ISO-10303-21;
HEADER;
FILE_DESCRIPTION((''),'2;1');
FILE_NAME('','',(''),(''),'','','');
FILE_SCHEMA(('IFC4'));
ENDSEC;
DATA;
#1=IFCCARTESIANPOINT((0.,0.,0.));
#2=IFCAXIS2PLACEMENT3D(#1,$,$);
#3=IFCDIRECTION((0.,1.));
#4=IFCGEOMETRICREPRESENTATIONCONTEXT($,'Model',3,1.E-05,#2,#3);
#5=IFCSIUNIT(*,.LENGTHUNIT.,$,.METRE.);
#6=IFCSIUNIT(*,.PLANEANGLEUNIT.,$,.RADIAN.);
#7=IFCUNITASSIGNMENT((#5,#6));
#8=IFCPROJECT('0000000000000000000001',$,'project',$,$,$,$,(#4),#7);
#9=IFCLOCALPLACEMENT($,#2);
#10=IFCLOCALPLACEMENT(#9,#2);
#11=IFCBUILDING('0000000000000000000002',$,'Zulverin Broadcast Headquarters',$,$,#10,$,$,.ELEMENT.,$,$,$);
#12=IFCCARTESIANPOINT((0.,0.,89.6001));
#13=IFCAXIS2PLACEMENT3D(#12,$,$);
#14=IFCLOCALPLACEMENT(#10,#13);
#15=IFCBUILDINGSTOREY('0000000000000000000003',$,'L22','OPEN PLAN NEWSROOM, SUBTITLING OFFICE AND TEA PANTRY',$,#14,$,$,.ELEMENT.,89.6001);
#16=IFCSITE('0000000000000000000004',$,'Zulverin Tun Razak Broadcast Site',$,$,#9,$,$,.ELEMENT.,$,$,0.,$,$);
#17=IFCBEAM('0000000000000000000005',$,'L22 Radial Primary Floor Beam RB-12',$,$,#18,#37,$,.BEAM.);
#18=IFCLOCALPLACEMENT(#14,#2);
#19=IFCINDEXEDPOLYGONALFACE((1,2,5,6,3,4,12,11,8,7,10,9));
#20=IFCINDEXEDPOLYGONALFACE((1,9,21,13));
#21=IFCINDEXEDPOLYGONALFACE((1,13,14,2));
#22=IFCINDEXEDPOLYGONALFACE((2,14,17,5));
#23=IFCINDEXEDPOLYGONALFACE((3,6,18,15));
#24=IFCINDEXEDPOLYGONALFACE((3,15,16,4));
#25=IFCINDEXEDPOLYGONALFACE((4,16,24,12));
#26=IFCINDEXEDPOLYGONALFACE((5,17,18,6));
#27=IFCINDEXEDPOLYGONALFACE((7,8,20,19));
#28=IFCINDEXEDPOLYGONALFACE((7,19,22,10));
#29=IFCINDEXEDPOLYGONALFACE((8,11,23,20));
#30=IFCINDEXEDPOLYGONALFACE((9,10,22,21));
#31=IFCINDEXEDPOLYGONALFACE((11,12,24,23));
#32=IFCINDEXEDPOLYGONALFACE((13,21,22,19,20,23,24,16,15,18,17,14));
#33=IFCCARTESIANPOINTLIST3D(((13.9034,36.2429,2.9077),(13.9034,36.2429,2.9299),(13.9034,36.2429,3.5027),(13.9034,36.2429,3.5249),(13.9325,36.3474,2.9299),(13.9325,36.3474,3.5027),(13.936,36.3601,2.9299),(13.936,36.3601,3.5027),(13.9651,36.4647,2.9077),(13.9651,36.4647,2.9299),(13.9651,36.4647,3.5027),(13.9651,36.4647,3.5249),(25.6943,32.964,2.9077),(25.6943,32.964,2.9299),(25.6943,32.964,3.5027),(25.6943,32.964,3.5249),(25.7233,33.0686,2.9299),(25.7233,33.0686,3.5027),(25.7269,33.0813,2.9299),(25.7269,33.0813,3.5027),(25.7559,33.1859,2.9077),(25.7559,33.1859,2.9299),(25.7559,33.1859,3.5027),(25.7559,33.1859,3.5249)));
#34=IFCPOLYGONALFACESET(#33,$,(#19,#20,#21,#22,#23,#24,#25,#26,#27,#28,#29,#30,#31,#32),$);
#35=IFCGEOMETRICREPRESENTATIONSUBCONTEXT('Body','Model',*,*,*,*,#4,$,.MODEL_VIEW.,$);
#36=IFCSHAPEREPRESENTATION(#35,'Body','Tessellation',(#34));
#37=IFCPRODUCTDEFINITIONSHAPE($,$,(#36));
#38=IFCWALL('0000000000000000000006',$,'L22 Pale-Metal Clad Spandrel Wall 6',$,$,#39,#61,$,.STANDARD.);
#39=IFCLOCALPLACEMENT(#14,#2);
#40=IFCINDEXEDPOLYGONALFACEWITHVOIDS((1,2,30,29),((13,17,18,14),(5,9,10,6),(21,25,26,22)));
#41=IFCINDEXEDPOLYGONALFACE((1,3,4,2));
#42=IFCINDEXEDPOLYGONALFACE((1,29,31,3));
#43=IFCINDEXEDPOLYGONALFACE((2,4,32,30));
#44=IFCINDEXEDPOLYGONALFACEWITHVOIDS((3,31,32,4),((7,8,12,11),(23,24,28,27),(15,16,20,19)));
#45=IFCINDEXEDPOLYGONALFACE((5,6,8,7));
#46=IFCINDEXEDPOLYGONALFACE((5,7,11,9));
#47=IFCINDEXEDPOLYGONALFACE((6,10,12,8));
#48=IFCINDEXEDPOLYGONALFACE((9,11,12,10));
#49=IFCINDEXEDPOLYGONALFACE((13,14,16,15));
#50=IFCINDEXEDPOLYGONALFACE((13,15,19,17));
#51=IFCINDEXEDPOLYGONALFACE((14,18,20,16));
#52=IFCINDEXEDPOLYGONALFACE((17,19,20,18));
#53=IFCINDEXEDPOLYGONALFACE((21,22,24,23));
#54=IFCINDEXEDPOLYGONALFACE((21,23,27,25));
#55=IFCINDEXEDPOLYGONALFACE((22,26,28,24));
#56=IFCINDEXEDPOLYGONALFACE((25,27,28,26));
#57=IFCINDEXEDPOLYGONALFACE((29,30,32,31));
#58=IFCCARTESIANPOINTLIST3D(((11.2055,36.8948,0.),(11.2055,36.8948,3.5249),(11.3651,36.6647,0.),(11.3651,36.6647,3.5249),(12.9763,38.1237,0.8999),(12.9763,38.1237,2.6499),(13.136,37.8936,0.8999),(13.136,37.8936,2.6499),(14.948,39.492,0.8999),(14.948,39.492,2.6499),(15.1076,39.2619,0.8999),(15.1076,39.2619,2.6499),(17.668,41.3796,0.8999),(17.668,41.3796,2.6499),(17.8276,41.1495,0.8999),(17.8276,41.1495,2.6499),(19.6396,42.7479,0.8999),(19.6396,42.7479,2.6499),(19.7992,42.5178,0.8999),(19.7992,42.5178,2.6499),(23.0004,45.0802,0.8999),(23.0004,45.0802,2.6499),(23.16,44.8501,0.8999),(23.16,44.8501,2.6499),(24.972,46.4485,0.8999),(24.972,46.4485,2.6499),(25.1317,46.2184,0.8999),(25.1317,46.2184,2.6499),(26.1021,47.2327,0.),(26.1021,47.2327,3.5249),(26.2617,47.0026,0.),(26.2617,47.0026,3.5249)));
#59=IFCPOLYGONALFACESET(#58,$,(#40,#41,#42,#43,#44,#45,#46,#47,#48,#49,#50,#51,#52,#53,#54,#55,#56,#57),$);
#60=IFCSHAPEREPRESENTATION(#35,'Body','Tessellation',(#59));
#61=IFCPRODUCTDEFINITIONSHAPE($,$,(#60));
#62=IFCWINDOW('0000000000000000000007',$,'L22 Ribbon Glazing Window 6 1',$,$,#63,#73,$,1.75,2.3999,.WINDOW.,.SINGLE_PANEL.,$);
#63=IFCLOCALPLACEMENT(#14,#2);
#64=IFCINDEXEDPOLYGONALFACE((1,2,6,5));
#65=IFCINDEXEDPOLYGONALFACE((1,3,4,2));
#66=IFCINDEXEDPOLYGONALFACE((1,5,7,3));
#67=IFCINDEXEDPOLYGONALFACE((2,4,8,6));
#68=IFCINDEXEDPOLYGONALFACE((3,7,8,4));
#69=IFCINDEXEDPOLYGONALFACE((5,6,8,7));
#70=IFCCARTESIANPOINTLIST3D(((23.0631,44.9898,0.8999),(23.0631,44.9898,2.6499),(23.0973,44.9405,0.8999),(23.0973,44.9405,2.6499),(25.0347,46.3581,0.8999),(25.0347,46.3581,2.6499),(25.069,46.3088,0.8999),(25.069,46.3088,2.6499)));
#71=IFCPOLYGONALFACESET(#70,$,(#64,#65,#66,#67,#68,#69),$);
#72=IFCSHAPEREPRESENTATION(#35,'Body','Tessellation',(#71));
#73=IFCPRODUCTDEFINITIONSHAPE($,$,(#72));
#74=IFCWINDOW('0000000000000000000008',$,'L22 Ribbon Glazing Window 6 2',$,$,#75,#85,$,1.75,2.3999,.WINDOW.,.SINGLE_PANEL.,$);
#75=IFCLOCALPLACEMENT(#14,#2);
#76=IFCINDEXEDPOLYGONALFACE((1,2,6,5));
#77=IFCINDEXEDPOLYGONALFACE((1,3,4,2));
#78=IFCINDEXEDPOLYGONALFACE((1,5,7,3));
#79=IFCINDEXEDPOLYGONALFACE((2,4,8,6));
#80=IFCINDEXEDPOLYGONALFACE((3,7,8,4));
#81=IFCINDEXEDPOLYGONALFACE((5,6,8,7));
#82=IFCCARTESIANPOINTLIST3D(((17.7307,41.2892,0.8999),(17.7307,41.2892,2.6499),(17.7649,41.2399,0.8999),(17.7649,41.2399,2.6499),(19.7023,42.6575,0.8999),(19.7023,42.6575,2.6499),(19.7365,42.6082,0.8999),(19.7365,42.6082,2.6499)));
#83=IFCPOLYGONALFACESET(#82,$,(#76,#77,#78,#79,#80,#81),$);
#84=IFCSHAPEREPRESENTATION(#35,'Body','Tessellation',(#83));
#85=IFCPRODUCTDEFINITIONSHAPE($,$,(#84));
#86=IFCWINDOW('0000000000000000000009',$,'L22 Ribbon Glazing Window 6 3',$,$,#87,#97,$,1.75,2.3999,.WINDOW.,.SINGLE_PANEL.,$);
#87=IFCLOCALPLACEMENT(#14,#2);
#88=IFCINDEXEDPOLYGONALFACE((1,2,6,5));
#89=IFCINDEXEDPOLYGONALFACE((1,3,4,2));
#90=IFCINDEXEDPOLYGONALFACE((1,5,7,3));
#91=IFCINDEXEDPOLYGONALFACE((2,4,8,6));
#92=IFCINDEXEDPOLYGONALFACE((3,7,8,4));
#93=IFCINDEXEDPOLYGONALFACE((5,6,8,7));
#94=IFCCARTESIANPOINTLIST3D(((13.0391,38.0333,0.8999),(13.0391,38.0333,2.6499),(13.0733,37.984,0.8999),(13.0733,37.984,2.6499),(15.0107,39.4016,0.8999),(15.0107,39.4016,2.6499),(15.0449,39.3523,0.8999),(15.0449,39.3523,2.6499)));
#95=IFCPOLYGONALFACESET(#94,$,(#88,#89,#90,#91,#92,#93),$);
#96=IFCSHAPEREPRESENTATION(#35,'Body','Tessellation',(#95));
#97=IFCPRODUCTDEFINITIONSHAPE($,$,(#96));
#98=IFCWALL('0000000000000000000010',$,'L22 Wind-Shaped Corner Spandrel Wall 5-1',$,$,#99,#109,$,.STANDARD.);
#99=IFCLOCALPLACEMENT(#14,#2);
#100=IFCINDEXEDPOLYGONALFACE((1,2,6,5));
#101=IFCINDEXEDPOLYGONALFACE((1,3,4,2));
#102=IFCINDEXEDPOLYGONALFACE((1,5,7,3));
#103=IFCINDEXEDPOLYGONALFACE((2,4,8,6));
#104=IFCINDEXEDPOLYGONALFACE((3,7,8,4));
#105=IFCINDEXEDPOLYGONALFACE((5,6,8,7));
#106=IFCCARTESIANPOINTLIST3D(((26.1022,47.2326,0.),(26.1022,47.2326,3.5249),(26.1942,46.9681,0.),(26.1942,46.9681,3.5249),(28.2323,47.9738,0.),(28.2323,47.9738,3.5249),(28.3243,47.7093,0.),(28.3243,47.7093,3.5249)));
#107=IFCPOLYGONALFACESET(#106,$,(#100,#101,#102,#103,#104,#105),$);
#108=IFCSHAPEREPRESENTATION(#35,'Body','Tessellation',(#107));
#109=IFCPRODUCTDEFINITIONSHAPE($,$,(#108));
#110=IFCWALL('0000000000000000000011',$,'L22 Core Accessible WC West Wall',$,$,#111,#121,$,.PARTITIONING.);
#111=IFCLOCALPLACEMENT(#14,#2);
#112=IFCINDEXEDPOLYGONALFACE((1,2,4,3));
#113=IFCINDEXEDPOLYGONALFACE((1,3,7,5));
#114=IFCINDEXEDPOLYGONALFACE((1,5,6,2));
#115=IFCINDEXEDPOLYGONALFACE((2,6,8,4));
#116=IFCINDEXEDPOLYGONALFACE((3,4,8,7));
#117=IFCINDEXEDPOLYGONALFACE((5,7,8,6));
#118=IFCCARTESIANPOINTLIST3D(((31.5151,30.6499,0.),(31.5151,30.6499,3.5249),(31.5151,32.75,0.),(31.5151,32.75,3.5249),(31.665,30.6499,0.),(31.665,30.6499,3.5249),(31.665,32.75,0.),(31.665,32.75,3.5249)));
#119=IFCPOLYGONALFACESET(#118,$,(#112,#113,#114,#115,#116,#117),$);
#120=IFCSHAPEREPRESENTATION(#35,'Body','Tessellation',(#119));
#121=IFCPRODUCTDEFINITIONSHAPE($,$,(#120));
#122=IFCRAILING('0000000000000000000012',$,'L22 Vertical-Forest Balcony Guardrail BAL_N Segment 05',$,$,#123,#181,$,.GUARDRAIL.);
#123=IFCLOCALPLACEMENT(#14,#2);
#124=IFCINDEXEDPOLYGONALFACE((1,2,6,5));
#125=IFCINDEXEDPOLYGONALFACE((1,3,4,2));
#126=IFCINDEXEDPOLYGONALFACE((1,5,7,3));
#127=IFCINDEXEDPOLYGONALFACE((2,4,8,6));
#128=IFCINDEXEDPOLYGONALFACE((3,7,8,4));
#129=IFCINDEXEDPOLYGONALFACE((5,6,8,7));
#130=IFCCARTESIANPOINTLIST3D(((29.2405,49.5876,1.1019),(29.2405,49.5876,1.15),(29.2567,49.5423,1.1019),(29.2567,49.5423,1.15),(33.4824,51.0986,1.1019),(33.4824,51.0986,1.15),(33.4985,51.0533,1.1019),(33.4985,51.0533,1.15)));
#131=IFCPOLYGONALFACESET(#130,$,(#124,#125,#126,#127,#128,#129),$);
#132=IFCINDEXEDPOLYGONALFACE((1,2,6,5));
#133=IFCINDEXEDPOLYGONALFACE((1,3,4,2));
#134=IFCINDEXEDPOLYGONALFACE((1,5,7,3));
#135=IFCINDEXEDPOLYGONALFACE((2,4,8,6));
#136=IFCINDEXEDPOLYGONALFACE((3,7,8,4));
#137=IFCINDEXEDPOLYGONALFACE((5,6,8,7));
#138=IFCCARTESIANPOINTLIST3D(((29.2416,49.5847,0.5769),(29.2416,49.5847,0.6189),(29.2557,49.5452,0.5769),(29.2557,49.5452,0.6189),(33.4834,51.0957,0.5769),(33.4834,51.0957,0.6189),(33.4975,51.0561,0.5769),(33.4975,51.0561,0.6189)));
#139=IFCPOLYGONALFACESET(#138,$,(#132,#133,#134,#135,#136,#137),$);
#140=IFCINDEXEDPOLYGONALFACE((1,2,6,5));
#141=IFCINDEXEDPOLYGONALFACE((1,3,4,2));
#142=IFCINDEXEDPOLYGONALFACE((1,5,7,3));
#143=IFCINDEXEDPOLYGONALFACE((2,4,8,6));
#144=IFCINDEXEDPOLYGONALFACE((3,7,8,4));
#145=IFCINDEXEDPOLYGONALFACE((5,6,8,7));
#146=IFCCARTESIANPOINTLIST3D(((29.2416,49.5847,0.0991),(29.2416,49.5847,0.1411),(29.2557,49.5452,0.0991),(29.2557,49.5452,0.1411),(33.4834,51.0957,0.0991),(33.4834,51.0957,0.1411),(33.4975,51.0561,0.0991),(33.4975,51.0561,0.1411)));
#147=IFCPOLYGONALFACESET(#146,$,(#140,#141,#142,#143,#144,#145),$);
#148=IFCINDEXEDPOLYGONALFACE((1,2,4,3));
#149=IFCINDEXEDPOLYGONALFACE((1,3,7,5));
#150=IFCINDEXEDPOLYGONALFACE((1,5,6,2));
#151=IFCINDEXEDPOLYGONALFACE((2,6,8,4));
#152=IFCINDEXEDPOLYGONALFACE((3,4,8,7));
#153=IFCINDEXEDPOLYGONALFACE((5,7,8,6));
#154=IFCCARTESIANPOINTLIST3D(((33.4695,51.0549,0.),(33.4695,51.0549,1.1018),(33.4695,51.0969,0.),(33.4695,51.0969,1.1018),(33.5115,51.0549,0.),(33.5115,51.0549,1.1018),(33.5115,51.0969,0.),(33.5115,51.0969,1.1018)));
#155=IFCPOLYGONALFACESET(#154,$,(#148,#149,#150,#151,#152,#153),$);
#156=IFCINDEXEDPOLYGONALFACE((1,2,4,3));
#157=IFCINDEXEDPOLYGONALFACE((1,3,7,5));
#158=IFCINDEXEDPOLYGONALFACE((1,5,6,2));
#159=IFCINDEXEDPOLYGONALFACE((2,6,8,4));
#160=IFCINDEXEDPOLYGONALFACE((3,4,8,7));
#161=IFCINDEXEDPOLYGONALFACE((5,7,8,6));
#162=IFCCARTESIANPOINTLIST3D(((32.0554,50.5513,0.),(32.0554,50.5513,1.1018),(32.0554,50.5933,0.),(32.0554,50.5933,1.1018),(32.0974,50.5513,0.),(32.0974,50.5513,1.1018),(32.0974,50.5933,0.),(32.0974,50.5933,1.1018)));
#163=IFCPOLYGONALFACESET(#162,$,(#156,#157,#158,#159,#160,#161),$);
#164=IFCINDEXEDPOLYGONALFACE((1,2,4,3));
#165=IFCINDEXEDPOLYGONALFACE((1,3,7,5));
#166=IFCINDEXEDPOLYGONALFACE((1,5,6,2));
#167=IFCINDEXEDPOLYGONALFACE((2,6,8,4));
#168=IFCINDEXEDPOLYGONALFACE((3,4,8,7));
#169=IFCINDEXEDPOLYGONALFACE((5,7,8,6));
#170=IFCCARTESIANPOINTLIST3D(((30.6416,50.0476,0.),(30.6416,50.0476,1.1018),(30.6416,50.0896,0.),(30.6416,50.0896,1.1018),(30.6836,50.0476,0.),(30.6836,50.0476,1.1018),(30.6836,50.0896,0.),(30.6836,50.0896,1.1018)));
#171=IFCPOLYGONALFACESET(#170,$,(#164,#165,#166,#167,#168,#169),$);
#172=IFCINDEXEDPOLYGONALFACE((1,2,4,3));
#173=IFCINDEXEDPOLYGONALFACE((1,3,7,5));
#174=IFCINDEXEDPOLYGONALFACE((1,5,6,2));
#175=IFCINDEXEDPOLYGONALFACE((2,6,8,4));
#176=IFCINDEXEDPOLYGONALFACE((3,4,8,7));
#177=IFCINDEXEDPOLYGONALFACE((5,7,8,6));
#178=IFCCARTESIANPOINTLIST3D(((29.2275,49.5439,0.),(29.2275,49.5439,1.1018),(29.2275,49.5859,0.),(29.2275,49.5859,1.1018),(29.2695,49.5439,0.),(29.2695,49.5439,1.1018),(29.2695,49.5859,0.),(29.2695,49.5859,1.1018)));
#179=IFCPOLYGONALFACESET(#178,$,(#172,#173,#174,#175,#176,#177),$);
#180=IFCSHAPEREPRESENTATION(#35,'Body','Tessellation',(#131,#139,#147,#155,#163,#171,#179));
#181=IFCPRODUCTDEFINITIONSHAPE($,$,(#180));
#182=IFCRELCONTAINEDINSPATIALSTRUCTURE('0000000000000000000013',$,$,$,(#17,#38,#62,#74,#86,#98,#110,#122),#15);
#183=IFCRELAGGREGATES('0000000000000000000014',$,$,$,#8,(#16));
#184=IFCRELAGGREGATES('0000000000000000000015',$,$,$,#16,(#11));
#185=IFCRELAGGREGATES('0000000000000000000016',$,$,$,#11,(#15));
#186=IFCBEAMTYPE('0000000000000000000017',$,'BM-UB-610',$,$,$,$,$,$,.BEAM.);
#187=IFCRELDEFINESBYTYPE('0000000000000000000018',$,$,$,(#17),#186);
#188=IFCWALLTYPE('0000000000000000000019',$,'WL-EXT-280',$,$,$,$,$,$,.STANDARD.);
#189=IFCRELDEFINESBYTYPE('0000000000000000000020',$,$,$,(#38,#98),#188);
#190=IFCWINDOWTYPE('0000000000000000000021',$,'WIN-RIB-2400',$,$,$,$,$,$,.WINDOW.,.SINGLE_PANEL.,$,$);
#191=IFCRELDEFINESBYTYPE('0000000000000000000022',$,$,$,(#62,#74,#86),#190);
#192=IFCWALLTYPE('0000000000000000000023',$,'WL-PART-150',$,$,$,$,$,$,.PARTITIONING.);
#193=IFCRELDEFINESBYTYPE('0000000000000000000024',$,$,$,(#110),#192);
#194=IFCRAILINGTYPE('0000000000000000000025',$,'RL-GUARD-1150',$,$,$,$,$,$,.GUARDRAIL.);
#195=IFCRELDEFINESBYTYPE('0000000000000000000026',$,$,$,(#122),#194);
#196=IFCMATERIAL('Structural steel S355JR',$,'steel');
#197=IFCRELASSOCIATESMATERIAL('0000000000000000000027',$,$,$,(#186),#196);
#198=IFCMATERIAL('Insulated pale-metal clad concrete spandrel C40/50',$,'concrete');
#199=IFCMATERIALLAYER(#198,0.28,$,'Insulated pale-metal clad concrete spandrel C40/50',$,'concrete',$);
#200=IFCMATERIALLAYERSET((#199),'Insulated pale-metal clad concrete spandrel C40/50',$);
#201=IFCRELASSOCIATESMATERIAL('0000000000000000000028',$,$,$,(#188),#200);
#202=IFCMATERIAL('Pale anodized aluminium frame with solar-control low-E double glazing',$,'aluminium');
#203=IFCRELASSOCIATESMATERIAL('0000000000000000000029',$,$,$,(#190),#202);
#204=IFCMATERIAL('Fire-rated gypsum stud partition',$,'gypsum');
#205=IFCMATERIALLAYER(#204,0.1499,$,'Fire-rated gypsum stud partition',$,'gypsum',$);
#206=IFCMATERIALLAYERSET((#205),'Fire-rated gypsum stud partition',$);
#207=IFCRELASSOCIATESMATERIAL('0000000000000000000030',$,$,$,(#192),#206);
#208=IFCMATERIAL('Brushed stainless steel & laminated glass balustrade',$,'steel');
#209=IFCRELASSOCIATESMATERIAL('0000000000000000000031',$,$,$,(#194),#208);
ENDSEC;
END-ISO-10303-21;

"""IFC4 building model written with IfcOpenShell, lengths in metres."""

from ifc_helpers import new_model, si_unit, direction, frame, frame_2d, origin, origin_2d, place, context, subcontext, project, spatial, rectangle, i_section, extrude, material, layer, layer_set, material_profile, profile_set, type_object, element, fill, save


model = new_model("IFC4")

# Units and contexts
model_context = context("Model", 3, precision=1e-05, world=origin(), true_north=direction((0.0, 1.0)))
body_context = subcontext(model_context, "Body", "Model", "MODEL_VIEW")
ifc_project = project(units=[si_unit("LENGTHUNIT", "METRE"), si_unit("PLANEANGLEUNIT", "RADIAN")], contexts=[model_context])

# Site, building, storey
site_placement = place(None, origin())
site = spatial("IfcSite", under=ifc_project, at=site_placement, Name="Zulverin Tun Razak Broadcast Site", CompositionType="ELEMENT", RefElevation=0.0)
building_placement = place(site_placement, origin())
building = spatial("IfcBuilding", under=site, at=building_placement, Name="Zulverin Broadcast Headquarters", CompositionType="ELEMENT")
storey_placement = place(building_placement, frame((0.0, 0.0, 89.6001)))
storey = spatial("IfcBuildingStorey", under=building, at=storey_placement, Name="L22", Description="OPEN PLAN NEWSROOM, SUBTITLING OFFICE AND TEA PANTRY", CompositionType="ELEMENT", Elevation=89.6001)

# Beam
ifc_material_1 = material(Name="Structural steel S355JR", Category="steel")
ifc_material_profile_1 = material_profile(ifc_material_1, i_section(OverallWidth=0.2302, OverallDepth=0.6172, WebThickness=0.0132, FlangeThickness=0.0222, at=origin_2d()), Name="Structural steel S355JR", Category="steel")
ifc_profile_set_1 = profile_set([ifc_material_profile_1], Name="Structural steel S355JR")
beam_type_1 = type_object("IfcBeamType", Name="BM-UB-610", PredefinedType="BEAM", material=ifc_profile_set_1)
beam_1_placement = place(storey_placement, frame((25.7251, 33.075, 3.2163), z_axis=(-0.963442, 0.267917, 0.0), x_axis=(-0.267917, -0.963442, 0.0)))
element("IfcBeam", 1, at=beam_1_placement, inside=storey, type_object=beam_type_1, Name="L22 Radial Primary Floor Beam RB-12", PredefinedType="BEAM", context=body_context, shape_type="SweptSolid", body=[
    extrude(i_section(OverallWidth=0.2302, OverallDepth=0.6172, WebThickness=0.0132, FlangeThickness=0.0222, at=origin_2d()), origin(), (0.0, 0.0, 1.0), 12.2383),
])

# Wall, openings, windows
ifc_material_2 = material(Name="Insulated pale-metal clad concrete spandrel C40/50", Category="concrete")
ifc_layer_1 = layer(ifc_material_2, 0.28, Name="Insulated pale-metal clad concrete spandrel C40/50", Category="concrete")
ifc_layer_set_1 = layer_set([ifc_layer_1], Name="Insulated pale-metal clad concrete spandrel C40/50")
wall_type_1 = type_object("IfcWallType", Name="WL-EXT-280", PredefinedType="STANDARD", material=ifc_layer_set_1)
wall_1_placement = place(storey_placement, frame((26.1819, 47.1177, 0.0), z_axis=(0.0, 0.0, 1.0), x_axis=(-0.821548, -0.570139, 0.0)))
wall_1 = element("IfcWall", 2, at=wall_1_placement, inside=storey, type_object=wall_type_1, Name="L22 Pale-Metal Clad Spandrel Wall 6", PredefinedType="STANDARD", context=body_context, shape_type="SweptSolid", body=[
    extrude(rectangle(XDim=18.1323, YDim=0.28, at=frame_2d((9.0662, 0.0))), origin(), (0.0, 0.0, 1.0), 3.5249),
])
opening_1_placement = place(wall_1_placement, frame((1.3755, 0.0, 0.8999)))
opening_1 = element("IfcOpeningElement", 3, at=opening_1_placement, cuts=wall_1, PredefinedType="OPENING", context=body_context, shape_type="SweptSolid", body=[
    extrude(rectangle(XDim=2.3999, YDim=1.75, at=frame_2d((1.2, 0.875))), frame((0.0, 0.1499, 0.0), z_axis=(0.0, -1.0, 0.0), x_axis=(1.0, 0.0, 0.0)), (0.0, 0.0, 1.0), 0.3),
])
opening_2_placement = place(wall_1_placement, frame((7.8662, 0.0, 0.8999)))
opening_2 = element("IfcOpeningElement", 4, at=opening_2_placement, cuts=wall_1, PredefinedType="OPENING", context=body_context, shape_type="SweptSolid", body=[
    extrude(rectangle(XDim=2.3999, YDim=1.75, at=frame_2d((1.2, 0.875))), frame((0.0, 0.1499, 0.0), z_axis=(0.0, -1.0, 0.0), x_axis=(1.0, 0.0, 0.0)), (0.0, 0.0, 1.0), 0.3),
])
opening_3_placement = place(wall_1_placement, frame((13.5769, 0.0, 0.8999)))
opening_3 = element("IfcOpeningElement", 5, at=opening_3_placement, cuts=wall_1, PredefinedType="OPENING", context=body_context, shape_type="SweptSolid", body=[
    extrude(rectangle(XDim=2.3999, YDim=1.75, at=frame_2d((1.2, 0.875))), frame((0.0, 0.1499, 0.0), z_axis=(0.0, -1.0, 0.0), x_axis=(1.0, 0.0, 0.0)), (0.0, 0.0, 1.0), 0.3),
])
ifc_material_3 = material(Name="Pale anodized aluminium frame with solar-control low-E double glazing", Category="aluminium")
window_type = type_object("IfcWindowType", Name="WIN-RIB-2400", PartitioningType="SINGLE_PANEL", PredefinedType="WINDOW", material=ifc_material_3)
window_1_placement = place(opening_1_placement, origin())
window_1 = element("IfcWindow", 6, at=window_1_placement, inside=storey, type_object=window_type, Name="L22 Ribbon Glazing Window 6 1", OverallHeight=1.75, OverallWidth=2.3999, PartitioningType="SINGLE_PANEL", PredefinedType="WINDOW", context=body_context, shape_type="SweptSolid", body=[
    extrude(rectangle(XDim=2.3999, YDim=1.75, at=frame_2d((1.2, 0.875))), frame((0.0, 0.03, 0.0), z_axis=(0.0, -1.0, 0.0), x_axis=(1.0, 0.0, 0.0)), (0.0, 0.0, 1.0), 0.0601),
])
fill(opening_1, window_1)
window_2_placement = place(opening_2_placement, origin())
window_2 = element("IfcWindow", 7, at=window_2_placement, inside=storey, type_object=window_type, Name="L22 Ribbon Glazing Window 6 2", OverallHeight=1.75, OverallWidth=2.3999, PartitioningType="SINGLE_PANEL", PredefinedType="WINDOW", context=body_context, shape_type="SweptSolid", body=[
    extrude(rectangle(XDim=2.3999, YDim=1.75, at=frame_2d((1.2, 0.875))), frame((0.0, 0.03, 0.0), z_axis=(0.0, -1.0, 0.0), x_axis=(1.0, 0.0, 0.0)), (0.0, 0.0, 1.0), 0.0601),
])
fill(opening_2, window_2)
window_3_placement = place(opening_3_placement, origin())
window_3 = element("IfcWindow", 8, at=window_3_placement, inside=storey, type_object=window_type, Name="L22 Ribbon Glazing Window 6 3", OverallHeight=1.75, OverallWidth=2.3999, PartitioningType="SINGLE_PANEL", PredefinedType="WINDOW", context=body_context, shape_type="SweptSolid", body=[
    extrude(rectangle(XDim=2.3999, YDim=1.75, at=frame_2d((1.2, 0.875))), frame((0.0, 0.03, 0.0), z_axis=(0.0, -1.0, 0.0), x_axis=(1.0, 0.0, 0.0)), (0.0, 0.0, 1.0), 0.0601),
])
fill(opening_3, window_3)

# Walls
wall_2_placement = place(storey_placement, frame((28.2783, 47.8416, 0.0), z_axis=(0.0, 0.0, 1.0), x_axis=(-0.944456, -0.328638, 0.0)))
element("IfcWall", 9, at=wall_2_placement, inside=storey, type_object=wall_type_1, Name="L22 Wind-Shaped Corner Spandrel Wall 5-1", PredefinedType="STANDARD", context=body_context, shape_type="SweptSolid", body=[
    extrude(rectangle(XDim=2.2554, YDim=0.28, at=frame_2d((1.1277, 0.0))), origin(), (0.0, 0.0, 1.0), 3.5249),
])
ifc_material_4 = material(Name="Fire-rated gypsum stud partition", Category="gypsum")
ifc_layer_2 = layer(ifc_material_4, 0.1499, Name="Fire-rated gypsum stud partition", Category="gypsum")
ifc_layer_set_2 = layer_set([ifc_layer_2], Name="Fire-rated gypsum stud partition")
wall_type_2 = type_object("IfcWallType", Name="WL-PART-150", PredefinedType="PARTITIONING", material=ifc_layer_set_2)
wall_3_placement = place(storey_placement, frame((31.5901, 30.6499, 0.0), z_axis=(0.0, 0.0, 1.0), x_axis=(0.0, 1.0, 0.0)))
element("IfcWall", 10, at=wall_3_placement, inside=storey, type_object=wall_type_2, Name="L22 Core Accessible WC West Wall", PredefinedType="PARTITIONING", context=body_context, shape_type="SweptSolid", body=[
    extrude(rectangle(XDim=2.1001, YDim=0.1499, at=frame_2d((1.05, 0.0))), origin(), (0.0, 0.0, 1.0), 3.5249),
])

# Railing
ifc_material_5 = material(Name="Brushed stainless steel & laminated glass balustrade", Category="steel")
railing_type = type_object("IfcRailingType", Name="RL-GUARD-1150", PredefinedType="GUARDRAIL", material=ifc_material_5)
railing_1_placement = place(storey_placement, frame((33.4905, 51.0759, 0.0)))
element("IfcRailing", 11, at=railing_1_placement, inside=storey, type_object=railing_type, Name="L22 Vertical-Forest Balcony Guardrail BAL_N Segment 05", PredefinedType="GUARDRAIL", context=body_context, shape_type="SweptSolid", body=[
    extrude(rectangle(XDim=0.0481, YDim=0.0481, at=origin_2d()), frame((0.0, 0.0, 1.126), z_axis=(-0.942022, -0.33555, 0.0), x_axis=(0.33555, -0.942022, 0.0)), (0.0, 0.0, 1.0), 4.5029),
    extrude(rectangle(XDim=0.042, YDim=0.042, at=origin_2d()), frame((0.0, 0.0, 0.5979), z_axis=(-0.942022, -0.33555, 0.0), x_axis=(0.33555, -0.942022, 0.0)), (0.0, 0.0, 1.0), 4.5029),
    extrude(rectangle(XDim=0.042, YDim=0.042, at=origin_2d()), frame((0.0, 0.0, 0.1201), z_axis=(-0.942022, -0.33555, 0.0), x_axis=(0.33555, -0.942022, 0.0)), (0.0, 0.0, 1.0), 4.5029),
    extrude(rectangle(XDim=0.042, YDim=0.042, at=origin_2d()), origin(), (0.0, 0.0, 1.0), 1.1018),
    extrude(rectangle(XDim=0.042, YDim=0.042, at=origin_2d()), frame((-1.4141, -0.5037, 0.0)), (0.0, 0.0, 1.0), 1.1018),
    extrude(rectangle(XDim=0.042, YDim=0.042, at=origin_2d()), frame((-2.8279, -1.0073, 0.0)), (0.0, 0.0, 1.0), 1.1018),
    extrude(rectangle(XDim=0.042, YDim=0.042, at=origin_2d()), frame((-4.2419, -1.511, 0.0)), (0.0, 0.0, 1.0), 1.1018),
])

save(model, "model.ifc")
